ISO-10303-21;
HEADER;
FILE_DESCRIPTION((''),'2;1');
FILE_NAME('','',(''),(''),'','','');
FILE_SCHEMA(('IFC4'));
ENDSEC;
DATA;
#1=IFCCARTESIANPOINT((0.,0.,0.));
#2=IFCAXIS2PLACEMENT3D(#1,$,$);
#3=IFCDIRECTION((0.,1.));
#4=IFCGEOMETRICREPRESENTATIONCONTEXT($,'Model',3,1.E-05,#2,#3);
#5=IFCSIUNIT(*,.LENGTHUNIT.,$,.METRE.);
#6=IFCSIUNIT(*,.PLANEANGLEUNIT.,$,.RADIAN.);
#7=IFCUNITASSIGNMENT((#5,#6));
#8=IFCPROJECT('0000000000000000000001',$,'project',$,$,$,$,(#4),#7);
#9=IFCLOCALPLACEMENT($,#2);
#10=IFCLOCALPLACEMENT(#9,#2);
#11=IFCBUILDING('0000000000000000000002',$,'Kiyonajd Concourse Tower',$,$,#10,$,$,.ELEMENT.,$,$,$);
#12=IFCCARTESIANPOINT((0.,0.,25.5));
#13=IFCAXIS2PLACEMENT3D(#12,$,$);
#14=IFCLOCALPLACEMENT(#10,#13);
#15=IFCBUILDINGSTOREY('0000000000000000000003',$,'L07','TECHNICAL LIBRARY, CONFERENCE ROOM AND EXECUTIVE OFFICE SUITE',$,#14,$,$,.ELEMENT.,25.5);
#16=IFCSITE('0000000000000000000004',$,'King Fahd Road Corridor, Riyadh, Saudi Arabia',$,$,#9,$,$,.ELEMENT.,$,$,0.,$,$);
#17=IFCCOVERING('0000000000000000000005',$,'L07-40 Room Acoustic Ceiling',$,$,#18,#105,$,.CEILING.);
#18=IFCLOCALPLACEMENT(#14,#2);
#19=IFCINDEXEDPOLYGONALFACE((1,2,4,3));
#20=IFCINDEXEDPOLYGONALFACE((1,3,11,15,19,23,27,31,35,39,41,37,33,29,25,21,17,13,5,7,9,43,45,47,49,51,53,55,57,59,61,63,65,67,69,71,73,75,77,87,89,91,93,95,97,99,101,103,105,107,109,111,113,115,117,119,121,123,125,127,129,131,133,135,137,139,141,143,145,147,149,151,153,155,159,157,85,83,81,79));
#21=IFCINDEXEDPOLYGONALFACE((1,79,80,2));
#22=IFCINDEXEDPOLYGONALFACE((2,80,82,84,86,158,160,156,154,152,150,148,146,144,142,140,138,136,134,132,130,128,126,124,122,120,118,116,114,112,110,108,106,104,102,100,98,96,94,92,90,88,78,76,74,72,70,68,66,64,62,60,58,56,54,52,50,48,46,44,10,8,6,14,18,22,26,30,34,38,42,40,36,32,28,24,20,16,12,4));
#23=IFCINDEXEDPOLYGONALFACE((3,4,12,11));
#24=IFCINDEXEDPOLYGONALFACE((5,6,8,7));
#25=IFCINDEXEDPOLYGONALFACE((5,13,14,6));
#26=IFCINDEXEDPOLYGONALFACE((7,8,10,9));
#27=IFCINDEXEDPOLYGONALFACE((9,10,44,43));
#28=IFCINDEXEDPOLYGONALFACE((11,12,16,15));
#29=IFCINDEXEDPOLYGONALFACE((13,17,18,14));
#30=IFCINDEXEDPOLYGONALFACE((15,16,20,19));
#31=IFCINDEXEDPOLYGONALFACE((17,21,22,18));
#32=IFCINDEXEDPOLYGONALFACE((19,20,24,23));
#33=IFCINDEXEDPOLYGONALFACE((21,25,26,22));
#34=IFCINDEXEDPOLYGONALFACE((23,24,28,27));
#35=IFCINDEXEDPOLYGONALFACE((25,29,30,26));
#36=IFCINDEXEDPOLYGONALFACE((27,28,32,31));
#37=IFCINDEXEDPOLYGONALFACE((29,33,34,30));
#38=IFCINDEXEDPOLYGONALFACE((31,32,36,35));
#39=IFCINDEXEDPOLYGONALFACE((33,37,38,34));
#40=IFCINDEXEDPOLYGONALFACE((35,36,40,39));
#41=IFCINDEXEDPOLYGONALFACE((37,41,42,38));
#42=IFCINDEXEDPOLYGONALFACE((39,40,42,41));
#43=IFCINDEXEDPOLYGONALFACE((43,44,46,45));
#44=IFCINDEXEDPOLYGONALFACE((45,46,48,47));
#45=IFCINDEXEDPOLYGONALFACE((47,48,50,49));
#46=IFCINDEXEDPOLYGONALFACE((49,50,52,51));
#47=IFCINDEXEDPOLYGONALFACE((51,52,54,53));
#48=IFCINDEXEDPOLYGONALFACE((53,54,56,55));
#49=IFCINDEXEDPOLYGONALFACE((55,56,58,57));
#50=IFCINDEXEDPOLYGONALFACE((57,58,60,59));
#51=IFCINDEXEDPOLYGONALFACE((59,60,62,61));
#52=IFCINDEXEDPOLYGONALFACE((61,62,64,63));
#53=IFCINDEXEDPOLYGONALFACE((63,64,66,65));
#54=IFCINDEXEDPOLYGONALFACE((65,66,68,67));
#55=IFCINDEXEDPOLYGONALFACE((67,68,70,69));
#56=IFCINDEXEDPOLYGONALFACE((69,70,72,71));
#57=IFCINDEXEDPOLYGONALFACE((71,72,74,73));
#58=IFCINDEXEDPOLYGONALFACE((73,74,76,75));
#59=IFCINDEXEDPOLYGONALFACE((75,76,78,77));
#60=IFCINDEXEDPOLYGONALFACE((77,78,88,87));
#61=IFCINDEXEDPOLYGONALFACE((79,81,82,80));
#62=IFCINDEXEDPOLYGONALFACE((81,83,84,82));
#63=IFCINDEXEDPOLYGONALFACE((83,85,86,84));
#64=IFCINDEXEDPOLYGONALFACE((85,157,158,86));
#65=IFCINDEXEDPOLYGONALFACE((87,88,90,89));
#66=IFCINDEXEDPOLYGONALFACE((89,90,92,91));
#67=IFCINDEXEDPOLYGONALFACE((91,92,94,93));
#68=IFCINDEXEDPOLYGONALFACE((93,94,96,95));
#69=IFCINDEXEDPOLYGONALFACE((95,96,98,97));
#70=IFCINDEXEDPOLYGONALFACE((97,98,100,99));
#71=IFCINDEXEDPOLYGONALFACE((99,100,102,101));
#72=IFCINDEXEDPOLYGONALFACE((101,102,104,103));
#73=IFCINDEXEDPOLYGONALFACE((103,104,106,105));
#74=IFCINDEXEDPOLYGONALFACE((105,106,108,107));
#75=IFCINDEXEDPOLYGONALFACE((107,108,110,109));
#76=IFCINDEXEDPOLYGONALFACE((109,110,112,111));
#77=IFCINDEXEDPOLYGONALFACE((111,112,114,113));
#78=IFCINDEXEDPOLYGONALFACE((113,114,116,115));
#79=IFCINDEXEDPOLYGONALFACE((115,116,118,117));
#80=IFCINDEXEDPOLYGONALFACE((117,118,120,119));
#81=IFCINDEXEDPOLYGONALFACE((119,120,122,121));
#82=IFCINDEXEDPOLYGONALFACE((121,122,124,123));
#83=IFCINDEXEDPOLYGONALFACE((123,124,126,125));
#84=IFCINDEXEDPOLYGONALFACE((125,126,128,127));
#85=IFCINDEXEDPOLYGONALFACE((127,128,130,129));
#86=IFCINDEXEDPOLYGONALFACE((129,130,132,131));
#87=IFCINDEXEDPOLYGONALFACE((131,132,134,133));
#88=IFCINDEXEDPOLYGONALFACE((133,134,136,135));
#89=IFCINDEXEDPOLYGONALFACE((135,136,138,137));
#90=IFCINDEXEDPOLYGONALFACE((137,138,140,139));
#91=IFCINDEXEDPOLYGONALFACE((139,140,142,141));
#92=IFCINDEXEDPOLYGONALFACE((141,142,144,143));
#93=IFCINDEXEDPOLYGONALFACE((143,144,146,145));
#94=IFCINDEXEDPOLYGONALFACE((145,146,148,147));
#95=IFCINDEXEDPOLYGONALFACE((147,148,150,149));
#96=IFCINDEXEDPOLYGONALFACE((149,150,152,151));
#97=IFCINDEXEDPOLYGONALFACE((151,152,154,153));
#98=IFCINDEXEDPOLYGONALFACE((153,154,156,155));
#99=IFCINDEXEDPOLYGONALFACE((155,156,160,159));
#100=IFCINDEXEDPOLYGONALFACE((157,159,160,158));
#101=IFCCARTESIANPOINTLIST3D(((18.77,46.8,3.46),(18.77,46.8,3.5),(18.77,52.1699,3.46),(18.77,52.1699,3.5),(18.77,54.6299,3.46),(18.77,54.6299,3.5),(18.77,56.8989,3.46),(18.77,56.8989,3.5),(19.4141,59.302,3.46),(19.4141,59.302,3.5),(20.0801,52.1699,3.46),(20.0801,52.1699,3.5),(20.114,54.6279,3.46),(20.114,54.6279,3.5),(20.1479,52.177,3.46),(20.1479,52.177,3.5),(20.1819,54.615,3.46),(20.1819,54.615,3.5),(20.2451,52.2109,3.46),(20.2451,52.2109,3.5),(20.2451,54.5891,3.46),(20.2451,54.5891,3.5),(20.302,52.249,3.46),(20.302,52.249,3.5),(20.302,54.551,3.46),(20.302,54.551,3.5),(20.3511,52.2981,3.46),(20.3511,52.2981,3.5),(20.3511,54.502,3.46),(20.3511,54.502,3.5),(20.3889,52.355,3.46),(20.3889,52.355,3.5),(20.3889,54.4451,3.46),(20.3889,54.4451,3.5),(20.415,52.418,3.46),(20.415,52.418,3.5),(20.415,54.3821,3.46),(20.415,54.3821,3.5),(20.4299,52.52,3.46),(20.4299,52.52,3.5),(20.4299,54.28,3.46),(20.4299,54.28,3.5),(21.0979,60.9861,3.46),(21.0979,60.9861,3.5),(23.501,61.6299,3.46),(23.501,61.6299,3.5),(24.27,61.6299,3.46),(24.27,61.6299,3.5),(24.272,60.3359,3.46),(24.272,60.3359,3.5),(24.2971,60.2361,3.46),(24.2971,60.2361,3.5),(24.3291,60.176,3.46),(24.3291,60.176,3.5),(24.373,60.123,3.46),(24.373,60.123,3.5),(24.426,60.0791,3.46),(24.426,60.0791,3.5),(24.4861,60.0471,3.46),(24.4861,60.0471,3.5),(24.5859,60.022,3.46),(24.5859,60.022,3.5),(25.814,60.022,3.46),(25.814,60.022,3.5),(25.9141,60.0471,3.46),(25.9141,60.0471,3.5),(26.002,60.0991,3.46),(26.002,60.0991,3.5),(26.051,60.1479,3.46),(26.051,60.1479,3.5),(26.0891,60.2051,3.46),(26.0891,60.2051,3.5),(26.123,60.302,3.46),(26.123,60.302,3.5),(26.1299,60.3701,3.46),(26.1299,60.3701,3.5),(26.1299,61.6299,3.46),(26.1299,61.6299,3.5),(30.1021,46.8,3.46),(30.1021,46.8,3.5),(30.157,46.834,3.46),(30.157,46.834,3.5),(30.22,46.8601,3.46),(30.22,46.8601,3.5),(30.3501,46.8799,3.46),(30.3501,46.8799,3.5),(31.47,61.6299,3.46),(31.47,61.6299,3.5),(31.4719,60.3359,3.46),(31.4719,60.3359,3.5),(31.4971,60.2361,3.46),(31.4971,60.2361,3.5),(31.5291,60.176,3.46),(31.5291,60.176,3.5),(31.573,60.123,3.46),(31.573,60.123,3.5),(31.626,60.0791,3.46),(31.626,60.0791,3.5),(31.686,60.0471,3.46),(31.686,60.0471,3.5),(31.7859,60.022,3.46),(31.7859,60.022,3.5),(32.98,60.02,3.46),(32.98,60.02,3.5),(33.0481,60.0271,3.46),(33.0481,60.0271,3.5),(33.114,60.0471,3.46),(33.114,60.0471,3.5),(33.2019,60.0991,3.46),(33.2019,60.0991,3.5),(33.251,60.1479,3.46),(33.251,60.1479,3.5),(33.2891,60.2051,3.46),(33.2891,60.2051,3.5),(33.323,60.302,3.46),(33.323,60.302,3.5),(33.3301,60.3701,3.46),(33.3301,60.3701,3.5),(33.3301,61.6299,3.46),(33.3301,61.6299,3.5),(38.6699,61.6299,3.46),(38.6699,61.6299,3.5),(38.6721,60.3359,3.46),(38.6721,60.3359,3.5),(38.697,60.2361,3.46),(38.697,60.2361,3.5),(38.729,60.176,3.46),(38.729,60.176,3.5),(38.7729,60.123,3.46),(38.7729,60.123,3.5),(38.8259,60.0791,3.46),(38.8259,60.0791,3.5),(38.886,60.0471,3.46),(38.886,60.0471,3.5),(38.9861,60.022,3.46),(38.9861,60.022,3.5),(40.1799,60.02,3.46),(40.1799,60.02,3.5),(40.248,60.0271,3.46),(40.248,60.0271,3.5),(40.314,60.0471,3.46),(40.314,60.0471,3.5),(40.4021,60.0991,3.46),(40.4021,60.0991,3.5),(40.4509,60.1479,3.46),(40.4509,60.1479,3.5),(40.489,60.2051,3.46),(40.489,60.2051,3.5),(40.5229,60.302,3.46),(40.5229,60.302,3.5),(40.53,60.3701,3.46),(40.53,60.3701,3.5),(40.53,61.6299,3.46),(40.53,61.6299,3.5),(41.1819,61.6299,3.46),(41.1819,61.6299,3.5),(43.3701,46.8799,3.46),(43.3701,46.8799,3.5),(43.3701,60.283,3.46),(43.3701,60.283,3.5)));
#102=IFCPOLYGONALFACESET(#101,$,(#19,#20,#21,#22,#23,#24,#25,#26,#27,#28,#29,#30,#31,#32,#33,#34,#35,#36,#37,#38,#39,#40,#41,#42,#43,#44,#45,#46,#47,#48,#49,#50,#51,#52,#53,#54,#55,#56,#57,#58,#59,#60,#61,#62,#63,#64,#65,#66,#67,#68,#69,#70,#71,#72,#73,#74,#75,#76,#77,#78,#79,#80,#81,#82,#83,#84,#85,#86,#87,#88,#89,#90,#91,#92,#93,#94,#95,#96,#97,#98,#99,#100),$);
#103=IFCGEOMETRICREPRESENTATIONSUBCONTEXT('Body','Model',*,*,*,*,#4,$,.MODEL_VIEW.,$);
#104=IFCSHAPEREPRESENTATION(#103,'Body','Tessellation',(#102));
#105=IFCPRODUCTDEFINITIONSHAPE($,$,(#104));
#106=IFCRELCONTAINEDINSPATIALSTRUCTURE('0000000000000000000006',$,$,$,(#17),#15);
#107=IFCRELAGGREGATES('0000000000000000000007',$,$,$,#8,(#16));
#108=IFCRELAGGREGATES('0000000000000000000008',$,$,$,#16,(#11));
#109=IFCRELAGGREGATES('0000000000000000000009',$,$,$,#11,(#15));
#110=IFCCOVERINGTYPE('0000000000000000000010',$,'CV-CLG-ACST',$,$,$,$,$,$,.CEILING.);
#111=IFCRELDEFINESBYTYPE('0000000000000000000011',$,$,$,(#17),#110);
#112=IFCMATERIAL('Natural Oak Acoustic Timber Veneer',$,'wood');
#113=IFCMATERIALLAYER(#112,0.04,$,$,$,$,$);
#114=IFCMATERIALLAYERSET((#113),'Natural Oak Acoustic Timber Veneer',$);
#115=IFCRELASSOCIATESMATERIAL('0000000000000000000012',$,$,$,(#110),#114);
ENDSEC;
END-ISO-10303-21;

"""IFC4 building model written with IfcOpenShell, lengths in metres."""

from ifc_helpers import new_model, si_unit, direction, frame, origin, place, context, subcontext, project, spatial, polyline, outline, extrude, material, layer, layer_set, type_object, element, save


model = new_model("IFC4")

# Units and contexts
model_context = context("Model", 3, precision=1e-05, world=origin(), true_north=direction((0.0, 1.0)))
body_context = subcontext(model_context, "Body", "Model", "MODEL_VIEW")
ifc_project = project(units=[si_unit("LENGTHUNIT", "METRE"), si_unit("PLANEANGLEUNIT", "RADIAN")], contexts=[model_context])

# Site, building, storey
site_placement = place(None, origin())
site = spatial("IfcSite", under=ifc_project, at=site_placement, Name="King Fahd Road Corridor, Riyadh, Saudi Arabia", CompositionType="ELEMENT", RefElevation=0.0)
building_placement = place(site_placement, origin())
building = spatial("IfcBuilding", under=site, at=building_placement, Name="Kiyonajd Concourse Tower", CompositionType="ELEMENT")
storey_placement = place(building_placement, frame((0.0, 0.0, 25.5)))
storey = spatial("IfcBuildingStorey", under=building, at=storey_placement, Name="L07", Description="TECHNICAL LIBRARY, CONFERENCE ROOM AND EXECUTIVE OFFICE SUITE", CompositionType="ELEMENT", Elevation=25.5)

# Shared definitions
ifc_material_1 = material(Name="Natural Oak Acoustic Timber Veneer", Category="wood")

# Covering
ifc_layer_1 = layer(ifc_material_1, 0.04)
ifc_layer_set_1 = layer_set([ifc_layer_1], Name="Natural Oak Acoustic Timber Veneer")
covering_type = type_object("IfcCoveringType", Name="CV-CLG-ACST", PredefinedType="CEILING", material=ifc_layer_set_1)
covering_1_placement = place(storey_placement, frame((0.0, 0.0, 3.46)))
element("IfcCovering", 1, at=covering_1_placement, inside=storey, type_object=covering_type, Name="L07-40 Room Acoustic Ceiling", PredefinedType="CEILING", context=body_context, shape_type="SweptSolid", body=[
    extrude(outline(polyline([(21.0979, 60.9861), (23.501, 61.6299), (24.27, 61.6299), (24.272, 60.3359), (24.2971, 60.2361), (24.3291, 60.176), (24.373, 60.123), (24.426, 60.0791), (24.4861, 60.0471), (24.5859, 60.022), (25.814, 60.022), (25.9141, 60.0471), (26.002, 60.0991), (26.051, 60.1479), (26.0891, 60.2051), (26.123, 60.302), (26.1299, 60.3701), (26.1299, 61.6299), (31.47, 61.6299), (31.4719, 60.3359), (31.4971, 60.2361), (31.5291, 60.176), (31.573, 60.123), (31.626, 60.0791), (31.686, 60.0471), (31.7859, 60.022), (32.98, 60.02), (33.0481, 60.0271), (33.114, 60.0471), (33.2019, 60.0991), (33.251, 60.1479), (33.2891, 60.2051), (33.323, 60.302), (33.3301, 60.3701), (33.3301, 61.6299), (38.6699, 61.6299), (38.6721, 60.3359), (38.697, 60.2361), (38.729, 60.176), (38.7729, 60.123), (38.8259, 60.0791), (38.886, 60.0471), (38.9861, 60.022), (40.1799, 60.02), (40.248, 60.0271), (40.314, 60.0471), (40.4021, 60.0991), (40.4509, 60.1479), (40.489, 60.2051), (40.5229, 60.302), (40.53, 60.3701), (40.53, 61.6299), (41.1819, 61.6299), (43.3701, 60.283), (43.3701, 46.8799), (30.3501, 46.8799), (30.22, 46.8601), (30.157, 46.834), (30.1021, 46.8), (18.77, 46.8), (18.77, 52.1699), (20.0801, 52.1699), (20.1479, 52.177), (20.2451, 52.2109), (20.302, 52.249), (20.3511, 52.2981), (20.3889, 52.355), (20.415, 52.418), (20.4299, 52.52), (20.4299, 54.28), (20.415, 54.3821), (20.3889, 54.4451), (20.3511, 54.502), (20.302, 54.551), (20.2451, 54.5891), (20.1819, 54.615), (20.114, 54.6279), (18.77, 54.6299), (18.77, 56.8989), (19.4141, 59.302), (21.0979, 60.9861)])), origin(), (0.0, 0.0, 1.0), 0.04),
])

save(model, "model.ifc")
